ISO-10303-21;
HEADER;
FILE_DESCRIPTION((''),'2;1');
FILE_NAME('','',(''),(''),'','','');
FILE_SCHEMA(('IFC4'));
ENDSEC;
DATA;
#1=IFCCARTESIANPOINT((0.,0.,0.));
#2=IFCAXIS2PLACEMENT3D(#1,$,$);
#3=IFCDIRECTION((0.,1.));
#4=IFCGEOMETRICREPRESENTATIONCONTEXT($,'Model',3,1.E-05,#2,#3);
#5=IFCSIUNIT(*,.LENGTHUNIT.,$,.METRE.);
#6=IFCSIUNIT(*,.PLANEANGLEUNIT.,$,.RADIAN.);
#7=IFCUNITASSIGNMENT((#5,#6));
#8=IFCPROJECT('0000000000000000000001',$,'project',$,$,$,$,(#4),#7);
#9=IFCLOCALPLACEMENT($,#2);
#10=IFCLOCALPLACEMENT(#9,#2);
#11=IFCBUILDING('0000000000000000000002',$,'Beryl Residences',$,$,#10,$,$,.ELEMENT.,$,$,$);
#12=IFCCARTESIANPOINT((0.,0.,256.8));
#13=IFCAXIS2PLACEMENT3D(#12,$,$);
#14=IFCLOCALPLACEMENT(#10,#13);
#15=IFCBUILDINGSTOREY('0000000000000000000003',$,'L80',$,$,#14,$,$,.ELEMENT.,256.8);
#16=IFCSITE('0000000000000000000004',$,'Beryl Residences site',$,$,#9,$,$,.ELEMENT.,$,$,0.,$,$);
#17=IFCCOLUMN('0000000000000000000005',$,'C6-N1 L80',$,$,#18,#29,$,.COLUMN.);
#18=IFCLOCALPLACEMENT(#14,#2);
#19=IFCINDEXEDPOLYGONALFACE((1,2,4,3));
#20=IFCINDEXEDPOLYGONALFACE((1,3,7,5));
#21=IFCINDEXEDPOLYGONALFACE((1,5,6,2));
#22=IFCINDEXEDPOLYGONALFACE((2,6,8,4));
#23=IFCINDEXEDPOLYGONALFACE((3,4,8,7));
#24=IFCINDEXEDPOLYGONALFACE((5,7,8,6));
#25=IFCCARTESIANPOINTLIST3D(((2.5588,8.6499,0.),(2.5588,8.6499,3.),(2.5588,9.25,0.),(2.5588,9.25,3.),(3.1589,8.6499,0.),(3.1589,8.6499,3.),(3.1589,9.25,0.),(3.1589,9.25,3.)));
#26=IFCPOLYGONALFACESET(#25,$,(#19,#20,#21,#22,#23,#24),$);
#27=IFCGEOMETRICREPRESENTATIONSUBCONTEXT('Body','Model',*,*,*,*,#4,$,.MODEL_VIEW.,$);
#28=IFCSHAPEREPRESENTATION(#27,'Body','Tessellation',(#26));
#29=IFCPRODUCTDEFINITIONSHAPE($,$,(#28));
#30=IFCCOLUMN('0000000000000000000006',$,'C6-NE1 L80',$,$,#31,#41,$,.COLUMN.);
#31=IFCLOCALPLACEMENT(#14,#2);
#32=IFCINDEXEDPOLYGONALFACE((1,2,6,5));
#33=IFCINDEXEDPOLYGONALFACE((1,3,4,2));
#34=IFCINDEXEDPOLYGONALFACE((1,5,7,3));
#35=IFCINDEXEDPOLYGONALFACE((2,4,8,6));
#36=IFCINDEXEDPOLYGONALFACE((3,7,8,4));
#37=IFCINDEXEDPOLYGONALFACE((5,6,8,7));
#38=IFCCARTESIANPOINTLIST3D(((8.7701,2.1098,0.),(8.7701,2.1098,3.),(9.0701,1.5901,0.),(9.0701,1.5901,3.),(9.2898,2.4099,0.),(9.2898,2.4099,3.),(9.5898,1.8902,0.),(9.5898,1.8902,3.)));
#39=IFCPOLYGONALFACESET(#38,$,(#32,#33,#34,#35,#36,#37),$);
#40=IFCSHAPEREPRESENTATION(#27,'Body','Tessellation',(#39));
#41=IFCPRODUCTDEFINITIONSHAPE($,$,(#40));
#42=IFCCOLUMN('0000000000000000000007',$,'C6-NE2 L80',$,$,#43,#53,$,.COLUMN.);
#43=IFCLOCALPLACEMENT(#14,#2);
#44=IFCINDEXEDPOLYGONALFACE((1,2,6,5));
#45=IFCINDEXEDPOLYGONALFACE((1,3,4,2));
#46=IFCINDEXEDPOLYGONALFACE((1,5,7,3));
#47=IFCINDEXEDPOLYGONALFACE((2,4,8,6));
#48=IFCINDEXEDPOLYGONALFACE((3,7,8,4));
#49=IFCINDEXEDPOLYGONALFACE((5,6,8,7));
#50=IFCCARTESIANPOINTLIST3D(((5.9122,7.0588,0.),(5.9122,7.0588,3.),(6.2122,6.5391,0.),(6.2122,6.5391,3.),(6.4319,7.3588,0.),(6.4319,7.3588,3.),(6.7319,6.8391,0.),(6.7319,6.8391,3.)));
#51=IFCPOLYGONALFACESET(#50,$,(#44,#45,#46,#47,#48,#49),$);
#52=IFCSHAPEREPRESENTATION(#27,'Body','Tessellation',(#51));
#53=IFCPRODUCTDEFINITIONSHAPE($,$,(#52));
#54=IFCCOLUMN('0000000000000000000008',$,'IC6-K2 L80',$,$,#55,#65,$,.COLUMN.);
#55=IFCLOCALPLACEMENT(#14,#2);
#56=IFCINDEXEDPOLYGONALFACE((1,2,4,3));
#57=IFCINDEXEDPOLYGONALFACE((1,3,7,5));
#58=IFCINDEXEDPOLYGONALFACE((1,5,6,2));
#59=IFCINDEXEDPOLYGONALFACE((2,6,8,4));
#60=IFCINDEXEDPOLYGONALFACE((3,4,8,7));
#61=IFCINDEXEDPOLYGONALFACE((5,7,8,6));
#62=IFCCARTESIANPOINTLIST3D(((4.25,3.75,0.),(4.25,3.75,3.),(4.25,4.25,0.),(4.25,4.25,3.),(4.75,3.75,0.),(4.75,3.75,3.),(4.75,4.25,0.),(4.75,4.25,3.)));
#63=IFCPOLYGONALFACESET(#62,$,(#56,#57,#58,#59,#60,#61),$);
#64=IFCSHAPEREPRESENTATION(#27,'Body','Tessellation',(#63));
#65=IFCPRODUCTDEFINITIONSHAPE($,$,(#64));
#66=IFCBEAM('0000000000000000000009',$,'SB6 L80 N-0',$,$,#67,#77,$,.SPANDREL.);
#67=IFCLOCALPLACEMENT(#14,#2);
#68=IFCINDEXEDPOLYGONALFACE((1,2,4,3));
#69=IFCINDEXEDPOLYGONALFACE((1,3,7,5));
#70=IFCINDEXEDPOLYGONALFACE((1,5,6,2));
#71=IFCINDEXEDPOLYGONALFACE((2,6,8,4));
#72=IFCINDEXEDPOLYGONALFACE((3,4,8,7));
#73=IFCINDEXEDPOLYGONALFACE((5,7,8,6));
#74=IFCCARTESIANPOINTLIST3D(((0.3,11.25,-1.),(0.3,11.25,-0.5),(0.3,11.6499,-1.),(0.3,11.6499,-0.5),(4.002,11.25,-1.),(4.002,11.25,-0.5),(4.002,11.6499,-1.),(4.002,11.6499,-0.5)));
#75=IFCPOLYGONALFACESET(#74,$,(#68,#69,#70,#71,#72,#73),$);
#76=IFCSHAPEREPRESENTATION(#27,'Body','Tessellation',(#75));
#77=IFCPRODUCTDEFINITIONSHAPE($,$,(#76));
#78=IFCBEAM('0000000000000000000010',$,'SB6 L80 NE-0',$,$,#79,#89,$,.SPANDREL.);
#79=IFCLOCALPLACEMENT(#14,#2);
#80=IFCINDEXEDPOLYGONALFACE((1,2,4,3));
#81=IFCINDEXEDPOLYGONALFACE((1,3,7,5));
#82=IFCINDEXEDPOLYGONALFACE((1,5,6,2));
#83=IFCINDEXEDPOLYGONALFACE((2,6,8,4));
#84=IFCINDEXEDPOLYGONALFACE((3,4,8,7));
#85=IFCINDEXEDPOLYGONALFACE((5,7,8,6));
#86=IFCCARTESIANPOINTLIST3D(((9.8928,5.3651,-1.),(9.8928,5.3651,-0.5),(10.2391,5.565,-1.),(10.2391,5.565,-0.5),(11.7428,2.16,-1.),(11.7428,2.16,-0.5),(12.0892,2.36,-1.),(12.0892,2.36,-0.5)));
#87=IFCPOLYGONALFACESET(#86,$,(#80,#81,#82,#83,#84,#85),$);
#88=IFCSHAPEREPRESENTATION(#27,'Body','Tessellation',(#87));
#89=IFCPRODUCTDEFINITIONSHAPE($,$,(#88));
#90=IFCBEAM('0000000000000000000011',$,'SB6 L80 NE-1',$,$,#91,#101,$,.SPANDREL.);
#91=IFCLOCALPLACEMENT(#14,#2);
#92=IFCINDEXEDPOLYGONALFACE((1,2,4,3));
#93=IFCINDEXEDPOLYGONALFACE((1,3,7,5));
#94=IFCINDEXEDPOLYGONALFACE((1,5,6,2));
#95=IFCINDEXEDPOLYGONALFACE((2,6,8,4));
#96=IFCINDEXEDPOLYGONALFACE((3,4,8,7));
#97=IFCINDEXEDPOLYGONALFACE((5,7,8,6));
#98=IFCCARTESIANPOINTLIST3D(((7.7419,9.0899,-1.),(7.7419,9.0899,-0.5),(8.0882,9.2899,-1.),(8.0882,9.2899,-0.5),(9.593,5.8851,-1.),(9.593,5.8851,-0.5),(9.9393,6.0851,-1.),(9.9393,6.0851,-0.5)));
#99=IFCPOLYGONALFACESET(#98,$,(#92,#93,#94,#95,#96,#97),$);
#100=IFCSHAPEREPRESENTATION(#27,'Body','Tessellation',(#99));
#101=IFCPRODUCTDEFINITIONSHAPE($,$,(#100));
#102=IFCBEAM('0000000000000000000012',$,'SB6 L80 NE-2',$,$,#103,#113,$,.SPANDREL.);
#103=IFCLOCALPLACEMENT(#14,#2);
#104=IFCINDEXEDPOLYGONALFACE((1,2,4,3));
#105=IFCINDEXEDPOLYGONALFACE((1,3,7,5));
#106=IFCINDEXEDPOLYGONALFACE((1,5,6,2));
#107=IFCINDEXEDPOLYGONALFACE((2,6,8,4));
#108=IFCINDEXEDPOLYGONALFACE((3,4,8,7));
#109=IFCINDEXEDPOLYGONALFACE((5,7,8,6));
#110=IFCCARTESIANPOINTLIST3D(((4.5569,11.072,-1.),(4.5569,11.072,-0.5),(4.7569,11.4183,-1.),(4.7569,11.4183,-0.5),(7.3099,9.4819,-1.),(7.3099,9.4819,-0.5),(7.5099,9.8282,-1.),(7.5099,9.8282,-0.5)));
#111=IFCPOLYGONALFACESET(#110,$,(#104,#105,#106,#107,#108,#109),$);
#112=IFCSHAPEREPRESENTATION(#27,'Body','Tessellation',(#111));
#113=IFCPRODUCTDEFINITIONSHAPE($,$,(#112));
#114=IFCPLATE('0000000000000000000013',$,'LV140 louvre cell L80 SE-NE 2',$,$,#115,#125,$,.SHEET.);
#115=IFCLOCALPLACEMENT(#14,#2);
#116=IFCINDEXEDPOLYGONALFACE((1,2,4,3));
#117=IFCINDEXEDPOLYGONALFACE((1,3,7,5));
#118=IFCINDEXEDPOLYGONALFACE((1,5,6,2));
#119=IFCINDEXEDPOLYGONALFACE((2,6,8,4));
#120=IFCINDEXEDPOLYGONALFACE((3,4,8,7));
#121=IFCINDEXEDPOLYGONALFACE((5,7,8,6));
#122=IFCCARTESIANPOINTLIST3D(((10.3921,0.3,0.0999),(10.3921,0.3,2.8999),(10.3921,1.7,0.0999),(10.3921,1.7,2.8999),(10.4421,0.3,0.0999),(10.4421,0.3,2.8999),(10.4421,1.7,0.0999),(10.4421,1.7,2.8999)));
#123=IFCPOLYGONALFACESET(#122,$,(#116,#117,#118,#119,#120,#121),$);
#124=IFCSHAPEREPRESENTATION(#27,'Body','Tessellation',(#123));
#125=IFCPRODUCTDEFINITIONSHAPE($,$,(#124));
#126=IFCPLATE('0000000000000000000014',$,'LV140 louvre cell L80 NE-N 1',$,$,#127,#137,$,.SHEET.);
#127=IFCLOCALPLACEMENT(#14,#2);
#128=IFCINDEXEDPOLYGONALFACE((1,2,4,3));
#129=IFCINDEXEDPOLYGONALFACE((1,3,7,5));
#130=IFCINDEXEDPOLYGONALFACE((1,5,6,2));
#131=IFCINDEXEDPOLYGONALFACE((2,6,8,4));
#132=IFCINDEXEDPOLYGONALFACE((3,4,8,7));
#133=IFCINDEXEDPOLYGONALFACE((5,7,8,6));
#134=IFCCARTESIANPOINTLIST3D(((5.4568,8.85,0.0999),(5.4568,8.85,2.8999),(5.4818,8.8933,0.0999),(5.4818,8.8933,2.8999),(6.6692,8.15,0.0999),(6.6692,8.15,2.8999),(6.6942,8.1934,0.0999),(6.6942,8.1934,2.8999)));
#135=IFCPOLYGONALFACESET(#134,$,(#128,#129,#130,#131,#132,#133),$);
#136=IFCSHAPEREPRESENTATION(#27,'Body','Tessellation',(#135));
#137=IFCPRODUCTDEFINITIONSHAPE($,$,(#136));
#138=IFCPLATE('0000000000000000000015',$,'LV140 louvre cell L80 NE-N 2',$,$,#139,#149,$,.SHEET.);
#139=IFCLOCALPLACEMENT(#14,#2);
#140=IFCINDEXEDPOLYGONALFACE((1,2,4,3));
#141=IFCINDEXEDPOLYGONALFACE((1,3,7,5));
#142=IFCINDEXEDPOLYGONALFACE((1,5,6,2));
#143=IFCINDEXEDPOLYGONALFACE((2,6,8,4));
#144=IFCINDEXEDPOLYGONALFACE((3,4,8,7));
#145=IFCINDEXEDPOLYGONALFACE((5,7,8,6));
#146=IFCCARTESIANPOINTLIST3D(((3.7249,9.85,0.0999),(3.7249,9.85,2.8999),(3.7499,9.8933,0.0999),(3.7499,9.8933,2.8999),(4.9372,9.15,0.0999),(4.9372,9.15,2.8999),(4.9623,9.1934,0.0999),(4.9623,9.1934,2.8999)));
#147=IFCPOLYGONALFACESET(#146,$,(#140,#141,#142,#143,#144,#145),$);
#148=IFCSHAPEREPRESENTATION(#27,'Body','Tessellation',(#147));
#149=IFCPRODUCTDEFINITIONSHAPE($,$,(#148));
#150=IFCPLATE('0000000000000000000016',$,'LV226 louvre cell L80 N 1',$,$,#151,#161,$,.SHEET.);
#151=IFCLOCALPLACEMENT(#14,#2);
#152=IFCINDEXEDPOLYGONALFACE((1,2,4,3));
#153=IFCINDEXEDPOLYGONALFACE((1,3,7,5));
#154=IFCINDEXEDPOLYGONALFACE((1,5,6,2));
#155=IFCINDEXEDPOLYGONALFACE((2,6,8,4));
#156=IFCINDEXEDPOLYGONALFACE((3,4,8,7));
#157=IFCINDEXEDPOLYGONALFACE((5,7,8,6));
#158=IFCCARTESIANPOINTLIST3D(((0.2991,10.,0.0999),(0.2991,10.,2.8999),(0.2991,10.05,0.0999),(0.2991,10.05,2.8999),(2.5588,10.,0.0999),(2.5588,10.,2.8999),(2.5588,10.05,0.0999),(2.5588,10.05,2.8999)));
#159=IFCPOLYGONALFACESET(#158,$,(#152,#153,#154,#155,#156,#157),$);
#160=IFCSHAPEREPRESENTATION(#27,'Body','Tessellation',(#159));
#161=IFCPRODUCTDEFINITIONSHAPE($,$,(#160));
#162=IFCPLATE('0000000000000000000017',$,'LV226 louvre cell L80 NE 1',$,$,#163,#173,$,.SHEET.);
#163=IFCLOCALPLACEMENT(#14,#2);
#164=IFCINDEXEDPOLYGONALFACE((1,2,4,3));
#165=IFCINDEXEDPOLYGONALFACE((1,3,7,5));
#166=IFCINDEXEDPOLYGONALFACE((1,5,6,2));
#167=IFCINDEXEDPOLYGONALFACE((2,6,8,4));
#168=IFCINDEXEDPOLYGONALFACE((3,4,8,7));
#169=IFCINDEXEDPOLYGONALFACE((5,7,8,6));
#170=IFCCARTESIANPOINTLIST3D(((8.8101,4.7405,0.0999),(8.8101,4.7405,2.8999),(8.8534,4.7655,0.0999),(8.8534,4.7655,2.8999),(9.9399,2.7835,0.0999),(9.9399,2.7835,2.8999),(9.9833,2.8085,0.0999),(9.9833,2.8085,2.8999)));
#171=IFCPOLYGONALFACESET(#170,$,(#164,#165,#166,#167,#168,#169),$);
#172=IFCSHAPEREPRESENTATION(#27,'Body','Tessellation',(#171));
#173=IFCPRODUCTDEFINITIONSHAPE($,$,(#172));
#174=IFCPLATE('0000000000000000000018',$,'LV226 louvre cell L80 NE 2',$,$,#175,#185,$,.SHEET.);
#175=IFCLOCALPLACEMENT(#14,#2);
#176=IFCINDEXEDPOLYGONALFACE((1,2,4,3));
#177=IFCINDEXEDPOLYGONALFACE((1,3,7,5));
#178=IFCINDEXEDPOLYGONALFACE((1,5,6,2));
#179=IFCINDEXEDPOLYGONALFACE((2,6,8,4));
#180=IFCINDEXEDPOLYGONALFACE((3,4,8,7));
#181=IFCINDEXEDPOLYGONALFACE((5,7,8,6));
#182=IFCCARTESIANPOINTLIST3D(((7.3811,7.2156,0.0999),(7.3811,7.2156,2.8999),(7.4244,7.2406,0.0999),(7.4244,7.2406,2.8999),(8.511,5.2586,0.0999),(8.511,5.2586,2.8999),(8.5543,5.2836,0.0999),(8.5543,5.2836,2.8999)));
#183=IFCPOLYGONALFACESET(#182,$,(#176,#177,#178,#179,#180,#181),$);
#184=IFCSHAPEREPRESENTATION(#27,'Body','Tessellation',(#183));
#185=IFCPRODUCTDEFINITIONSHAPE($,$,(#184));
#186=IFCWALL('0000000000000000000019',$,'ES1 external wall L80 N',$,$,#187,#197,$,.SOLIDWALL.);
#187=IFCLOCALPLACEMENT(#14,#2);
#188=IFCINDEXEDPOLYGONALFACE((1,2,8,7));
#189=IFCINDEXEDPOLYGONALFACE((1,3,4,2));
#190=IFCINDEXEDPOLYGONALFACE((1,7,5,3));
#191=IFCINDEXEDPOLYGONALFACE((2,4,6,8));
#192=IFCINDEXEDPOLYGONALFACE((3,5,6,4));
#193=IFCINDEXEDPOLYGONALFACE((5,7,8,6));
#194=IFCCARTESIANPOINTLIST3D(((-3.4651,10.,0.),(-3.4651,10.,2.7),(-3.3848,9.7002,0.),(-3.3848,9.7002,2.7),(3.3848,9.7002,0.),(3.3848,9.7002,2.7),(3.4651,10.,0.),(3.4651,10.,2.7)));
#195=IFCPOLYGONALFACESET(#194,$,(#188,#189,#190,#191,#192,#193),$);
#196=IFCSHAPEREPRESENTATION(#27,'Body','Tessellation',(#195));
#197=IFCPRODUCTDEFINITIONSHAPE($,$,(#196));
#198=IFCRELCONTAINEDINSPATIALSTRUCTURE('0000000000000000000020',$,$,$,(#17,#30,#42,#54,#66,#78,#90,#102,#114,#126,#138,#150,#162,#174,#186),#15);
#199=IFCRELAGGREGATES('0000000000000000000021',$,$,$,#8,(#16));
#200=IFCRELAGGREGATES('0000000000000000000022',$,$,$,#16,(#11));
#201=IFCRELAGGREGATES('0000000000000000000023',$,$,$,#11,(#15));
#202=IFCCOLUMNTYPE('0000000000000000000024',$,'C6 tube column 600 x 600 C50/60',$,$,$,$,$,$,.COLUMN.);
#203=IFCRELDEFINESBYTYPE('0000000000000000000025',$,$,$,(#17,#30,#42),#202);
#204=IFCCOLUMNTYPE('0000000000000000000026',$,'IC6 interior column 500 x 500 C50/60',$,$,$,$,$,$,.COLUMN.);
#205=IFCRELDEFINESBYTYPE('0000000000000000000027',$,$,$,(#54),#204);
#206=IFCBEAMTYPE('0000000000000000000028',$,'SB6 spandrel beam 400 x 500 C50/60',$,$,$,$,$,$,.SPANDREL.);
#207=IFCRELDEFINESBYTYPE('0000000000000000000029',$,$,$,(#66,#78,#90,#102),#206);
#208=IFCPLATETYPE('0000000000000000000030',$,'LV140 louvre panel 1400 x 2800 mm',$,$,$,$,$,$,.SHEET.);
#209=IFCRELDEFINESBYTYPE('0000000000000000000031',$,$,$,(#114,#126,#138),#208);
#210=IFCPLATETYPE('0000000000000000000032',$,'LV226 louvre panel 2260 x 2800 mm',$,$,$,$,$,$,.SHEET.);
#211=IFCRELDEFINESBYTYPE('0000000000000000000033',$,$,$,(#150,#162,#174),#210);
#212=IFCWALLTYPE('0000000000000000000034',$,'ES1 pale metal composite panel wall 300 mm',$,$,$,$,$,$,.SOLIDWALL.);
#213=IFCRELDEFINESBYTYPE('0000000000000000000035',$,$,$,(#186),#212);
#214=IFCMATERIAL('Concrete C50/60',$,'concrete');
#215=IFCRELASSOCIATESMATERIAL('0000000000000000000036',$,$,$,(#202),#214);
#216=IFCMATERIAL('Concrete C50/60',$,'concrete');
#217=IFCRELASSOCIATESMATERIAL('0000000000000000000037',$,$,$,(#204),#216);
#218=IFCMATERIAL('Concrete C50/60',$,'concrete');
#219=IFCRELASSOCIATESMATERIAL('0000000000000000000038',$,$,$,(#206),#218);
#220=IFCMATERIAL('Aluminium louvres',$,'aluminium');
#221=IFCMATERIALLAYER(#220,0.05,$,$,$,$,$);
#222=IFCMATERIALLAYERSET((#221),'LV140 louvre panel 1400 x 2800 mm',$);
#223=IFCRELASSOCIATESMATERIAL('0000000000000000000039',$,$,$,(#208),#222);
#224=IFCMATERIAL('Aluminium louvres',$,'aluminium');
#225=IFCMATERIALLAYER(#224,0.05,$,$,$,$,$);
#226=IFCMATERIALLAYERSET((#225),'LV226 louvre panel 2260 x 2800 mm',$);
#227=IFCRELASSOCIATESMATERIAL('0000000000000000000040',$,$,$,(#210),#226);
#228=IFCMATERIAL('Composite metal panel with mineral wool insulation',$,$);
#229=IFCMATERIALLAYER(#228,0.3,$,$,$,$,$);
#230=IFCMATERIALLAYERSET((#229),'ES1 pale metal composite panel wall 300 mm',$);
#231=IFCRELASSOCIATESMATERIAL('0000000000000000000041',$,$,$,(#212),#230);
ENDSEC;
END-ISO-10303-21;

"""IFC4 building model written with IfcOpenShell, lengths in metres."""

from ifc_helpers import new_model, si_unit, direction, frame, origin, origin_2d, place, context, subcontext, project, spatial, polyline, rectangle, outline, extrude, source, transform, mapped, material, layer, layer_set, material_profile, profile_set, type_object, type_shapes, element, save


model = new_model("IFC4")

# Units and contexts
model_context = context("Model", 3, precision=1e-05, world=origin(), true_north=direction((0.0, 1.0)))
body_context = subcontext(model_context, "Body", "Model", "MODEL_VIEW")
ifc_project = project(units=[si_unit("LENGTHUNIT", "METRE"), si_unit("PLANEANGLEUNIT", "RADIAN")], contexts=[model_context])

# Site, building, storey
site_placement = place(None, origin())
site = spatial("IfcSite", under=ifc_project, at=site_placement, Name="Beryl Residences site", CompositionType="ELEMENT", RefElevation=0.0)
building_placement = place(site_placement, origin())
building = spatial("IfcBuilding", under=site, at=building_placement, Name="Beryl Residences", CompositionType="ELEMENT")
storey_placement = place(building_placement, frame((0.0, 0.0, 256.8)))
storey = spatial("IfcBuildingStorey", under=building, at=storey_placement, Name="L80", CompositionType="ELEMENT", Elevation=256.8)

# Columns
ifc_material_1 = material(Name="Concrete C50/60", Category="concrete")
ifc_material_profile_1 = material_profile(ifc_material_1, rectangle(XDim=0.6001, YDim=0.6001, at=origin_2d()))
ifc_profile_set_1 = profile_set([ifc_material_profile_1], Name="Concrete C50/60")
column_type_1 = type_object("IfcColumnType", Name="C6 tube column 600 x 600 C50/60", PredefinedType="COLUMN", material=ifc_profile_set_1)
for number, where, z_axis, x_axis, name in (
    (1, (2.8589, 8.95, 0.0), (0.0, 0.0, 1.0), (-1.0, 0.0, 0.0), "C6-N1 L80"),
    (2, (9.1799, 2.0, 0.0), (0.0, 0.0, 1.0), (-0.49997, 0.866043, 0.0), "C6-NE1 L80"),
    (3, (6.322, 6.949, 0.0), (0.0, 0.0, 1.0), (-0.49997, 0.866043, 0.0), "C6-NE2 L80"),
):
    element("IfcColumn", number, at=place(storey_placement, frame(where, z_axis=z_axis, x_axis=x_axis)), inside=storey, type_object=column_type_1, Name=name, PredefinedType="COLUMN", context=body_context, shape_type="SweptSolid", body=[
        extrude(rectangle(XDim=0.6001, YDim=0.6001, at=origin_2d()), origin(), (0.0, 0.0, 1.0), 3.0),
    ])
ifc_material_2 = material(Name="Concrete C50/60", Category="concrete")
ifc_material_profile_2 = material_profile(ifc_material_2, rectangle(XDim=0.5, YDim=0.5, at=origin_2d()))
ifc_profile_set_2 = profile_set([ifc_material_profile_2], Name="Concrete C50/60")
column_type_2 = type_object("IfcColumnType", Name="IC6 interior column 500 x 500 C50/60", PredefinedType="COLUMN", material=ifc_profile_set_2)
column_placement = place(storey_placement, frame((4.5, 4.0, 0.0), z_axis=(0.0, 0.0, 1.0), x_axis=(1.0, 0.0, 0.0)))
element("IfcColumn", 4, at=column_placement, inside=storey, type_object=column_type_2, Name="IC6-K2 L80", PredefinedType="COLUMN", context=body_context, shape_type="SweptSolid", body=[
    extrude(rectangle(XDim=0.5, YDim=0.5, at=origin_2d()), origin(), (0.0, 0.0, 1.0), 3.0),
])

# Beams
ifc_material_3 = material(Name="Concrete C50/60", Category="concrete")
ifc_material_profile_3 = material_profile(ifc_material_3, rectangle(XDim=0.3999, YDim=0.5, at=origin_2d()))
ifc_profile_set_3 = profile_set([ifc_material_profile_3], Name="Concrete C50/60")
beam_type = type_object("IfcBeamType", Name="SB6 spandrel beam 400 x 500 C50/60", PredefinedType="SPANDREL", material=ifc_profile_set_3)
beam_1_placement = place(storey_placement, frame((4.002, 11.45, -0.75), z_axis=(-1.0, 0.0, 0.0), x_axis=(0.0, -1.0, 0.0)))
element("IfcBeam", 5, at=beam_1_placement, inside=storey, type_object=beam_type, Name="SB6 L80 N-0", PredefinedType="SPANDREL", context=body_context, shape_type="SweptSolid", body=[
    extrude(rectangle(XDim=0.3999, YDim=0.5, at=origin_2d()), origin(), (0.0, 0.0, 1.0), 3.7019),
])
beam_2_placement = place(storey_placement, frame((11.916, 2.26, -0.75), z_axis=(-0.499928, 0.866067, 0.0), x_axis=(-0.866067, -0.499928, 0.0)))
element("IfcBeam", 6, at=beam_2_placement, inside=storey, type_object=beam_type, Name="SB6 L80 NE-0", PredefinedType="SPANDREL", context=body_context, shape_type="SweptSolid", body=[
    extrude(rectangle(XDim=0.3999, YDim=0.5, at=origin_2d()), origin(), (0.0, 0.0, 1.0), 3.7007),
])
beam_3_placement = place(storey_placement, frame((9.7661, 5.9851, -0.75), z_axis=(-0.500155, 0.865936, 0.0), x_axis=(-0.865936, -0.500155, 0.0)))
element("IfcBeam", 7, at=beam_3_placement, inside=storey, type_object=beam_type, Name="SB6 L80 NE-1", PredefinedType="SPANDREL", context=body_context, shape_type="SweptSolid", body=[
    extrude(rectangle(XDim=0.3999, YDim=0.5, at=origin_2d()), origin(), (0.0, 0.0, 1.0), 3.7009),
])
beam_4_placement = place(storey_placement, frame((7.4099, 9.655, -0.75), z_axis=(-0.865932, 0.500161, 0.0), x_axis=(-0.500161, -0.865932, 0.0)))
element("IfcBeam", 8, at=beam_4_placement, inside=storey, type_object=beam_type, Name="SB6 L80 NE-2", PredefinedType="SPANDREL", context=body_context, shape_type="SweptSolid", body=[
    extrude(rectangle(XDim=0.3999, YDim=0.5, at=origin_2d()), origin(), (0.0, 0.0, 1.0), 3.1792),
])

# Plates
ifc_material_4 = material(Name="Aluminium louvres", Category="aluminium")
ifc_layer_1 = layer(ifc_material_4, 0.05)
ifc_layer_set_1 = layer_set([ifc_layer_1], Name="LV140 louvre panel 1400 x 2800 mm")
plate_type_1 = type_object("IfcPlateType", Name="LV140 louvre panel 1400 x 2800 mm", PredefinedType="SHEET", material=ifc_layer_set_1)
shared_shape_1 = source(origin(), body_context, "Body", "SweptSolid", [
    extrude(outline(polyline([(-0.7, 0.0), (0.7, 0.0), (0.7, 0.05), (-0.7, 0.05), (-0.7, 0.0)])), origin(), (0.0, 0.0, 1.0), 2.8),
])
type_shapes(plate_type_1, [shared_shape_1])
for number, where, z_axis, x_axis, name in (
    (9, (10.3921, 1.0, 0.0999), (0.0, 0.0, 1.0), (0.0, -1.0, 0.0), "LV140 louvre cell L80 SE-NE 2"),
    (10, (6.063, 8.5, 0.0999), (0.0, 0.0, 1.0), (0.866025, -0.5, 0.0), "LV140 louvre cell L80 NE-N 1"),
    (11, (4.3311, 9.5, 0.0999), (0.0, 0.0, 1.0), (0.866025, -0.5, 0.0), "LV140 louvre cell L80 NE-N 2"),
):
    element("IfcPlate", number, at=place(storey_placement, frame(where, z_axis=z_axis, x_axis=x_axis)), inside=storey, type_object=plate_type_1, Name=name, PredefinedType="SHEET", context=body_context, shape_type="MappedRepresentation", body=[
        mapped(shared_shape_1, transform((0.0, 0.0, 0.0))),
    ])
ifc_material_5 = material(Name="Aluminium louvres", Category="aluminium")
ifc_layer_2 = layer(ifc_material_5, 0.05)
ifc_layer_set_2 = layer_set([ifc_layer_2], Name="LV226 louvre panel 2260 x 2800 mm")
plate_type_2 = type_object("IfcPlateType", Name="LV226 louvre panel 2260 x 2800 mm", PredefinedType="SHEET", material=ifc_layer_set_2)
shared_shape_2 = source(origin(), body_context, "Body", "SweptSolid", [
    extrude(outline(polyline([(-1.1299, 0.0), (1.1299, 0.0), (1.1299, 0.05), (-1.1299, 0.05), (-1.1299, 0.0)])), origin(), (0.0, 0.0, 1.0), 2.8),
])
type_shapes(plate_type_2, [shared_shape_2])
for number, where, z_axis, x_axis, name in (
    (12, (1.429, 10.0, 0.0999), (0.0, 0.0, 1.0), (1.0, 0.0, 0.0), "LV226 louvre cell L80 N 1"),
    (13, (9.375, 3.762, 0.0999), (0.0, 0.0, 1.0), (0.5, -0.866025, 0.0), "LV226 louvre cell L80 NE 1"),
    (14, (7.946, 6.2371, 0.0999), (0.0, 0.0, 1.0), (0.5, -0.866025, 0.0), "LV226 louvre cell L80 NE 2"),
):
    element("IfcPlate", number, at=place(storey_placement, frame(where, z_axis=z_axis, x_axis=x_axis)), inside=storey, type_object=plate_type_2, Name=name, PredefinedType="SHEET", context=body_context, shape_type="MappedRepresentation", body=[
        mapped(shared_shape_2, transform((0.0, 0.0, 0.0))),
    ])

# Wall
ifc_material_6 = material(Name="Composite metal panel with mineral wool insulation")
ifc_layer_3 = layer(ifc_material_6, 0.3)
ifc_layer_set_3 = layer_set([ifc_layer_3], Name="ES1 pale metal composite panel wall 300 mm")
wall_type_1 = type_object("IfcWallType", Name="ES1 pale metal composite panel wall 300 mm", PredefinedType="SOLIDWALL", material=ifc_layer_set_3)
wall_1_placement = place(storey_placement, frame((3.4651, 9.8501, 0.0), z_axis=(0.0, 0.0, 1.0), x_axis=(-1.0, 0.0, 0.0)))
element("IfcWall", 15, at=wall_1_placement, inside=storey, type_object=wall_type_1, Name="ES1 external wall L80 N", PredefinedType="SOLIDWALL", context=body_context, shape_type="SweptSolid", body=[
    extrude(outline(polyline([(0.0, -0.1499), (6.9302, -0.1499), (6.8499, 0.1499), (0.0803, 0.1499), (0.0, -0.1499)])), origin(), (0.0, 0.0, 1.0), 2.7),
])

save(model, "model.ifc")
